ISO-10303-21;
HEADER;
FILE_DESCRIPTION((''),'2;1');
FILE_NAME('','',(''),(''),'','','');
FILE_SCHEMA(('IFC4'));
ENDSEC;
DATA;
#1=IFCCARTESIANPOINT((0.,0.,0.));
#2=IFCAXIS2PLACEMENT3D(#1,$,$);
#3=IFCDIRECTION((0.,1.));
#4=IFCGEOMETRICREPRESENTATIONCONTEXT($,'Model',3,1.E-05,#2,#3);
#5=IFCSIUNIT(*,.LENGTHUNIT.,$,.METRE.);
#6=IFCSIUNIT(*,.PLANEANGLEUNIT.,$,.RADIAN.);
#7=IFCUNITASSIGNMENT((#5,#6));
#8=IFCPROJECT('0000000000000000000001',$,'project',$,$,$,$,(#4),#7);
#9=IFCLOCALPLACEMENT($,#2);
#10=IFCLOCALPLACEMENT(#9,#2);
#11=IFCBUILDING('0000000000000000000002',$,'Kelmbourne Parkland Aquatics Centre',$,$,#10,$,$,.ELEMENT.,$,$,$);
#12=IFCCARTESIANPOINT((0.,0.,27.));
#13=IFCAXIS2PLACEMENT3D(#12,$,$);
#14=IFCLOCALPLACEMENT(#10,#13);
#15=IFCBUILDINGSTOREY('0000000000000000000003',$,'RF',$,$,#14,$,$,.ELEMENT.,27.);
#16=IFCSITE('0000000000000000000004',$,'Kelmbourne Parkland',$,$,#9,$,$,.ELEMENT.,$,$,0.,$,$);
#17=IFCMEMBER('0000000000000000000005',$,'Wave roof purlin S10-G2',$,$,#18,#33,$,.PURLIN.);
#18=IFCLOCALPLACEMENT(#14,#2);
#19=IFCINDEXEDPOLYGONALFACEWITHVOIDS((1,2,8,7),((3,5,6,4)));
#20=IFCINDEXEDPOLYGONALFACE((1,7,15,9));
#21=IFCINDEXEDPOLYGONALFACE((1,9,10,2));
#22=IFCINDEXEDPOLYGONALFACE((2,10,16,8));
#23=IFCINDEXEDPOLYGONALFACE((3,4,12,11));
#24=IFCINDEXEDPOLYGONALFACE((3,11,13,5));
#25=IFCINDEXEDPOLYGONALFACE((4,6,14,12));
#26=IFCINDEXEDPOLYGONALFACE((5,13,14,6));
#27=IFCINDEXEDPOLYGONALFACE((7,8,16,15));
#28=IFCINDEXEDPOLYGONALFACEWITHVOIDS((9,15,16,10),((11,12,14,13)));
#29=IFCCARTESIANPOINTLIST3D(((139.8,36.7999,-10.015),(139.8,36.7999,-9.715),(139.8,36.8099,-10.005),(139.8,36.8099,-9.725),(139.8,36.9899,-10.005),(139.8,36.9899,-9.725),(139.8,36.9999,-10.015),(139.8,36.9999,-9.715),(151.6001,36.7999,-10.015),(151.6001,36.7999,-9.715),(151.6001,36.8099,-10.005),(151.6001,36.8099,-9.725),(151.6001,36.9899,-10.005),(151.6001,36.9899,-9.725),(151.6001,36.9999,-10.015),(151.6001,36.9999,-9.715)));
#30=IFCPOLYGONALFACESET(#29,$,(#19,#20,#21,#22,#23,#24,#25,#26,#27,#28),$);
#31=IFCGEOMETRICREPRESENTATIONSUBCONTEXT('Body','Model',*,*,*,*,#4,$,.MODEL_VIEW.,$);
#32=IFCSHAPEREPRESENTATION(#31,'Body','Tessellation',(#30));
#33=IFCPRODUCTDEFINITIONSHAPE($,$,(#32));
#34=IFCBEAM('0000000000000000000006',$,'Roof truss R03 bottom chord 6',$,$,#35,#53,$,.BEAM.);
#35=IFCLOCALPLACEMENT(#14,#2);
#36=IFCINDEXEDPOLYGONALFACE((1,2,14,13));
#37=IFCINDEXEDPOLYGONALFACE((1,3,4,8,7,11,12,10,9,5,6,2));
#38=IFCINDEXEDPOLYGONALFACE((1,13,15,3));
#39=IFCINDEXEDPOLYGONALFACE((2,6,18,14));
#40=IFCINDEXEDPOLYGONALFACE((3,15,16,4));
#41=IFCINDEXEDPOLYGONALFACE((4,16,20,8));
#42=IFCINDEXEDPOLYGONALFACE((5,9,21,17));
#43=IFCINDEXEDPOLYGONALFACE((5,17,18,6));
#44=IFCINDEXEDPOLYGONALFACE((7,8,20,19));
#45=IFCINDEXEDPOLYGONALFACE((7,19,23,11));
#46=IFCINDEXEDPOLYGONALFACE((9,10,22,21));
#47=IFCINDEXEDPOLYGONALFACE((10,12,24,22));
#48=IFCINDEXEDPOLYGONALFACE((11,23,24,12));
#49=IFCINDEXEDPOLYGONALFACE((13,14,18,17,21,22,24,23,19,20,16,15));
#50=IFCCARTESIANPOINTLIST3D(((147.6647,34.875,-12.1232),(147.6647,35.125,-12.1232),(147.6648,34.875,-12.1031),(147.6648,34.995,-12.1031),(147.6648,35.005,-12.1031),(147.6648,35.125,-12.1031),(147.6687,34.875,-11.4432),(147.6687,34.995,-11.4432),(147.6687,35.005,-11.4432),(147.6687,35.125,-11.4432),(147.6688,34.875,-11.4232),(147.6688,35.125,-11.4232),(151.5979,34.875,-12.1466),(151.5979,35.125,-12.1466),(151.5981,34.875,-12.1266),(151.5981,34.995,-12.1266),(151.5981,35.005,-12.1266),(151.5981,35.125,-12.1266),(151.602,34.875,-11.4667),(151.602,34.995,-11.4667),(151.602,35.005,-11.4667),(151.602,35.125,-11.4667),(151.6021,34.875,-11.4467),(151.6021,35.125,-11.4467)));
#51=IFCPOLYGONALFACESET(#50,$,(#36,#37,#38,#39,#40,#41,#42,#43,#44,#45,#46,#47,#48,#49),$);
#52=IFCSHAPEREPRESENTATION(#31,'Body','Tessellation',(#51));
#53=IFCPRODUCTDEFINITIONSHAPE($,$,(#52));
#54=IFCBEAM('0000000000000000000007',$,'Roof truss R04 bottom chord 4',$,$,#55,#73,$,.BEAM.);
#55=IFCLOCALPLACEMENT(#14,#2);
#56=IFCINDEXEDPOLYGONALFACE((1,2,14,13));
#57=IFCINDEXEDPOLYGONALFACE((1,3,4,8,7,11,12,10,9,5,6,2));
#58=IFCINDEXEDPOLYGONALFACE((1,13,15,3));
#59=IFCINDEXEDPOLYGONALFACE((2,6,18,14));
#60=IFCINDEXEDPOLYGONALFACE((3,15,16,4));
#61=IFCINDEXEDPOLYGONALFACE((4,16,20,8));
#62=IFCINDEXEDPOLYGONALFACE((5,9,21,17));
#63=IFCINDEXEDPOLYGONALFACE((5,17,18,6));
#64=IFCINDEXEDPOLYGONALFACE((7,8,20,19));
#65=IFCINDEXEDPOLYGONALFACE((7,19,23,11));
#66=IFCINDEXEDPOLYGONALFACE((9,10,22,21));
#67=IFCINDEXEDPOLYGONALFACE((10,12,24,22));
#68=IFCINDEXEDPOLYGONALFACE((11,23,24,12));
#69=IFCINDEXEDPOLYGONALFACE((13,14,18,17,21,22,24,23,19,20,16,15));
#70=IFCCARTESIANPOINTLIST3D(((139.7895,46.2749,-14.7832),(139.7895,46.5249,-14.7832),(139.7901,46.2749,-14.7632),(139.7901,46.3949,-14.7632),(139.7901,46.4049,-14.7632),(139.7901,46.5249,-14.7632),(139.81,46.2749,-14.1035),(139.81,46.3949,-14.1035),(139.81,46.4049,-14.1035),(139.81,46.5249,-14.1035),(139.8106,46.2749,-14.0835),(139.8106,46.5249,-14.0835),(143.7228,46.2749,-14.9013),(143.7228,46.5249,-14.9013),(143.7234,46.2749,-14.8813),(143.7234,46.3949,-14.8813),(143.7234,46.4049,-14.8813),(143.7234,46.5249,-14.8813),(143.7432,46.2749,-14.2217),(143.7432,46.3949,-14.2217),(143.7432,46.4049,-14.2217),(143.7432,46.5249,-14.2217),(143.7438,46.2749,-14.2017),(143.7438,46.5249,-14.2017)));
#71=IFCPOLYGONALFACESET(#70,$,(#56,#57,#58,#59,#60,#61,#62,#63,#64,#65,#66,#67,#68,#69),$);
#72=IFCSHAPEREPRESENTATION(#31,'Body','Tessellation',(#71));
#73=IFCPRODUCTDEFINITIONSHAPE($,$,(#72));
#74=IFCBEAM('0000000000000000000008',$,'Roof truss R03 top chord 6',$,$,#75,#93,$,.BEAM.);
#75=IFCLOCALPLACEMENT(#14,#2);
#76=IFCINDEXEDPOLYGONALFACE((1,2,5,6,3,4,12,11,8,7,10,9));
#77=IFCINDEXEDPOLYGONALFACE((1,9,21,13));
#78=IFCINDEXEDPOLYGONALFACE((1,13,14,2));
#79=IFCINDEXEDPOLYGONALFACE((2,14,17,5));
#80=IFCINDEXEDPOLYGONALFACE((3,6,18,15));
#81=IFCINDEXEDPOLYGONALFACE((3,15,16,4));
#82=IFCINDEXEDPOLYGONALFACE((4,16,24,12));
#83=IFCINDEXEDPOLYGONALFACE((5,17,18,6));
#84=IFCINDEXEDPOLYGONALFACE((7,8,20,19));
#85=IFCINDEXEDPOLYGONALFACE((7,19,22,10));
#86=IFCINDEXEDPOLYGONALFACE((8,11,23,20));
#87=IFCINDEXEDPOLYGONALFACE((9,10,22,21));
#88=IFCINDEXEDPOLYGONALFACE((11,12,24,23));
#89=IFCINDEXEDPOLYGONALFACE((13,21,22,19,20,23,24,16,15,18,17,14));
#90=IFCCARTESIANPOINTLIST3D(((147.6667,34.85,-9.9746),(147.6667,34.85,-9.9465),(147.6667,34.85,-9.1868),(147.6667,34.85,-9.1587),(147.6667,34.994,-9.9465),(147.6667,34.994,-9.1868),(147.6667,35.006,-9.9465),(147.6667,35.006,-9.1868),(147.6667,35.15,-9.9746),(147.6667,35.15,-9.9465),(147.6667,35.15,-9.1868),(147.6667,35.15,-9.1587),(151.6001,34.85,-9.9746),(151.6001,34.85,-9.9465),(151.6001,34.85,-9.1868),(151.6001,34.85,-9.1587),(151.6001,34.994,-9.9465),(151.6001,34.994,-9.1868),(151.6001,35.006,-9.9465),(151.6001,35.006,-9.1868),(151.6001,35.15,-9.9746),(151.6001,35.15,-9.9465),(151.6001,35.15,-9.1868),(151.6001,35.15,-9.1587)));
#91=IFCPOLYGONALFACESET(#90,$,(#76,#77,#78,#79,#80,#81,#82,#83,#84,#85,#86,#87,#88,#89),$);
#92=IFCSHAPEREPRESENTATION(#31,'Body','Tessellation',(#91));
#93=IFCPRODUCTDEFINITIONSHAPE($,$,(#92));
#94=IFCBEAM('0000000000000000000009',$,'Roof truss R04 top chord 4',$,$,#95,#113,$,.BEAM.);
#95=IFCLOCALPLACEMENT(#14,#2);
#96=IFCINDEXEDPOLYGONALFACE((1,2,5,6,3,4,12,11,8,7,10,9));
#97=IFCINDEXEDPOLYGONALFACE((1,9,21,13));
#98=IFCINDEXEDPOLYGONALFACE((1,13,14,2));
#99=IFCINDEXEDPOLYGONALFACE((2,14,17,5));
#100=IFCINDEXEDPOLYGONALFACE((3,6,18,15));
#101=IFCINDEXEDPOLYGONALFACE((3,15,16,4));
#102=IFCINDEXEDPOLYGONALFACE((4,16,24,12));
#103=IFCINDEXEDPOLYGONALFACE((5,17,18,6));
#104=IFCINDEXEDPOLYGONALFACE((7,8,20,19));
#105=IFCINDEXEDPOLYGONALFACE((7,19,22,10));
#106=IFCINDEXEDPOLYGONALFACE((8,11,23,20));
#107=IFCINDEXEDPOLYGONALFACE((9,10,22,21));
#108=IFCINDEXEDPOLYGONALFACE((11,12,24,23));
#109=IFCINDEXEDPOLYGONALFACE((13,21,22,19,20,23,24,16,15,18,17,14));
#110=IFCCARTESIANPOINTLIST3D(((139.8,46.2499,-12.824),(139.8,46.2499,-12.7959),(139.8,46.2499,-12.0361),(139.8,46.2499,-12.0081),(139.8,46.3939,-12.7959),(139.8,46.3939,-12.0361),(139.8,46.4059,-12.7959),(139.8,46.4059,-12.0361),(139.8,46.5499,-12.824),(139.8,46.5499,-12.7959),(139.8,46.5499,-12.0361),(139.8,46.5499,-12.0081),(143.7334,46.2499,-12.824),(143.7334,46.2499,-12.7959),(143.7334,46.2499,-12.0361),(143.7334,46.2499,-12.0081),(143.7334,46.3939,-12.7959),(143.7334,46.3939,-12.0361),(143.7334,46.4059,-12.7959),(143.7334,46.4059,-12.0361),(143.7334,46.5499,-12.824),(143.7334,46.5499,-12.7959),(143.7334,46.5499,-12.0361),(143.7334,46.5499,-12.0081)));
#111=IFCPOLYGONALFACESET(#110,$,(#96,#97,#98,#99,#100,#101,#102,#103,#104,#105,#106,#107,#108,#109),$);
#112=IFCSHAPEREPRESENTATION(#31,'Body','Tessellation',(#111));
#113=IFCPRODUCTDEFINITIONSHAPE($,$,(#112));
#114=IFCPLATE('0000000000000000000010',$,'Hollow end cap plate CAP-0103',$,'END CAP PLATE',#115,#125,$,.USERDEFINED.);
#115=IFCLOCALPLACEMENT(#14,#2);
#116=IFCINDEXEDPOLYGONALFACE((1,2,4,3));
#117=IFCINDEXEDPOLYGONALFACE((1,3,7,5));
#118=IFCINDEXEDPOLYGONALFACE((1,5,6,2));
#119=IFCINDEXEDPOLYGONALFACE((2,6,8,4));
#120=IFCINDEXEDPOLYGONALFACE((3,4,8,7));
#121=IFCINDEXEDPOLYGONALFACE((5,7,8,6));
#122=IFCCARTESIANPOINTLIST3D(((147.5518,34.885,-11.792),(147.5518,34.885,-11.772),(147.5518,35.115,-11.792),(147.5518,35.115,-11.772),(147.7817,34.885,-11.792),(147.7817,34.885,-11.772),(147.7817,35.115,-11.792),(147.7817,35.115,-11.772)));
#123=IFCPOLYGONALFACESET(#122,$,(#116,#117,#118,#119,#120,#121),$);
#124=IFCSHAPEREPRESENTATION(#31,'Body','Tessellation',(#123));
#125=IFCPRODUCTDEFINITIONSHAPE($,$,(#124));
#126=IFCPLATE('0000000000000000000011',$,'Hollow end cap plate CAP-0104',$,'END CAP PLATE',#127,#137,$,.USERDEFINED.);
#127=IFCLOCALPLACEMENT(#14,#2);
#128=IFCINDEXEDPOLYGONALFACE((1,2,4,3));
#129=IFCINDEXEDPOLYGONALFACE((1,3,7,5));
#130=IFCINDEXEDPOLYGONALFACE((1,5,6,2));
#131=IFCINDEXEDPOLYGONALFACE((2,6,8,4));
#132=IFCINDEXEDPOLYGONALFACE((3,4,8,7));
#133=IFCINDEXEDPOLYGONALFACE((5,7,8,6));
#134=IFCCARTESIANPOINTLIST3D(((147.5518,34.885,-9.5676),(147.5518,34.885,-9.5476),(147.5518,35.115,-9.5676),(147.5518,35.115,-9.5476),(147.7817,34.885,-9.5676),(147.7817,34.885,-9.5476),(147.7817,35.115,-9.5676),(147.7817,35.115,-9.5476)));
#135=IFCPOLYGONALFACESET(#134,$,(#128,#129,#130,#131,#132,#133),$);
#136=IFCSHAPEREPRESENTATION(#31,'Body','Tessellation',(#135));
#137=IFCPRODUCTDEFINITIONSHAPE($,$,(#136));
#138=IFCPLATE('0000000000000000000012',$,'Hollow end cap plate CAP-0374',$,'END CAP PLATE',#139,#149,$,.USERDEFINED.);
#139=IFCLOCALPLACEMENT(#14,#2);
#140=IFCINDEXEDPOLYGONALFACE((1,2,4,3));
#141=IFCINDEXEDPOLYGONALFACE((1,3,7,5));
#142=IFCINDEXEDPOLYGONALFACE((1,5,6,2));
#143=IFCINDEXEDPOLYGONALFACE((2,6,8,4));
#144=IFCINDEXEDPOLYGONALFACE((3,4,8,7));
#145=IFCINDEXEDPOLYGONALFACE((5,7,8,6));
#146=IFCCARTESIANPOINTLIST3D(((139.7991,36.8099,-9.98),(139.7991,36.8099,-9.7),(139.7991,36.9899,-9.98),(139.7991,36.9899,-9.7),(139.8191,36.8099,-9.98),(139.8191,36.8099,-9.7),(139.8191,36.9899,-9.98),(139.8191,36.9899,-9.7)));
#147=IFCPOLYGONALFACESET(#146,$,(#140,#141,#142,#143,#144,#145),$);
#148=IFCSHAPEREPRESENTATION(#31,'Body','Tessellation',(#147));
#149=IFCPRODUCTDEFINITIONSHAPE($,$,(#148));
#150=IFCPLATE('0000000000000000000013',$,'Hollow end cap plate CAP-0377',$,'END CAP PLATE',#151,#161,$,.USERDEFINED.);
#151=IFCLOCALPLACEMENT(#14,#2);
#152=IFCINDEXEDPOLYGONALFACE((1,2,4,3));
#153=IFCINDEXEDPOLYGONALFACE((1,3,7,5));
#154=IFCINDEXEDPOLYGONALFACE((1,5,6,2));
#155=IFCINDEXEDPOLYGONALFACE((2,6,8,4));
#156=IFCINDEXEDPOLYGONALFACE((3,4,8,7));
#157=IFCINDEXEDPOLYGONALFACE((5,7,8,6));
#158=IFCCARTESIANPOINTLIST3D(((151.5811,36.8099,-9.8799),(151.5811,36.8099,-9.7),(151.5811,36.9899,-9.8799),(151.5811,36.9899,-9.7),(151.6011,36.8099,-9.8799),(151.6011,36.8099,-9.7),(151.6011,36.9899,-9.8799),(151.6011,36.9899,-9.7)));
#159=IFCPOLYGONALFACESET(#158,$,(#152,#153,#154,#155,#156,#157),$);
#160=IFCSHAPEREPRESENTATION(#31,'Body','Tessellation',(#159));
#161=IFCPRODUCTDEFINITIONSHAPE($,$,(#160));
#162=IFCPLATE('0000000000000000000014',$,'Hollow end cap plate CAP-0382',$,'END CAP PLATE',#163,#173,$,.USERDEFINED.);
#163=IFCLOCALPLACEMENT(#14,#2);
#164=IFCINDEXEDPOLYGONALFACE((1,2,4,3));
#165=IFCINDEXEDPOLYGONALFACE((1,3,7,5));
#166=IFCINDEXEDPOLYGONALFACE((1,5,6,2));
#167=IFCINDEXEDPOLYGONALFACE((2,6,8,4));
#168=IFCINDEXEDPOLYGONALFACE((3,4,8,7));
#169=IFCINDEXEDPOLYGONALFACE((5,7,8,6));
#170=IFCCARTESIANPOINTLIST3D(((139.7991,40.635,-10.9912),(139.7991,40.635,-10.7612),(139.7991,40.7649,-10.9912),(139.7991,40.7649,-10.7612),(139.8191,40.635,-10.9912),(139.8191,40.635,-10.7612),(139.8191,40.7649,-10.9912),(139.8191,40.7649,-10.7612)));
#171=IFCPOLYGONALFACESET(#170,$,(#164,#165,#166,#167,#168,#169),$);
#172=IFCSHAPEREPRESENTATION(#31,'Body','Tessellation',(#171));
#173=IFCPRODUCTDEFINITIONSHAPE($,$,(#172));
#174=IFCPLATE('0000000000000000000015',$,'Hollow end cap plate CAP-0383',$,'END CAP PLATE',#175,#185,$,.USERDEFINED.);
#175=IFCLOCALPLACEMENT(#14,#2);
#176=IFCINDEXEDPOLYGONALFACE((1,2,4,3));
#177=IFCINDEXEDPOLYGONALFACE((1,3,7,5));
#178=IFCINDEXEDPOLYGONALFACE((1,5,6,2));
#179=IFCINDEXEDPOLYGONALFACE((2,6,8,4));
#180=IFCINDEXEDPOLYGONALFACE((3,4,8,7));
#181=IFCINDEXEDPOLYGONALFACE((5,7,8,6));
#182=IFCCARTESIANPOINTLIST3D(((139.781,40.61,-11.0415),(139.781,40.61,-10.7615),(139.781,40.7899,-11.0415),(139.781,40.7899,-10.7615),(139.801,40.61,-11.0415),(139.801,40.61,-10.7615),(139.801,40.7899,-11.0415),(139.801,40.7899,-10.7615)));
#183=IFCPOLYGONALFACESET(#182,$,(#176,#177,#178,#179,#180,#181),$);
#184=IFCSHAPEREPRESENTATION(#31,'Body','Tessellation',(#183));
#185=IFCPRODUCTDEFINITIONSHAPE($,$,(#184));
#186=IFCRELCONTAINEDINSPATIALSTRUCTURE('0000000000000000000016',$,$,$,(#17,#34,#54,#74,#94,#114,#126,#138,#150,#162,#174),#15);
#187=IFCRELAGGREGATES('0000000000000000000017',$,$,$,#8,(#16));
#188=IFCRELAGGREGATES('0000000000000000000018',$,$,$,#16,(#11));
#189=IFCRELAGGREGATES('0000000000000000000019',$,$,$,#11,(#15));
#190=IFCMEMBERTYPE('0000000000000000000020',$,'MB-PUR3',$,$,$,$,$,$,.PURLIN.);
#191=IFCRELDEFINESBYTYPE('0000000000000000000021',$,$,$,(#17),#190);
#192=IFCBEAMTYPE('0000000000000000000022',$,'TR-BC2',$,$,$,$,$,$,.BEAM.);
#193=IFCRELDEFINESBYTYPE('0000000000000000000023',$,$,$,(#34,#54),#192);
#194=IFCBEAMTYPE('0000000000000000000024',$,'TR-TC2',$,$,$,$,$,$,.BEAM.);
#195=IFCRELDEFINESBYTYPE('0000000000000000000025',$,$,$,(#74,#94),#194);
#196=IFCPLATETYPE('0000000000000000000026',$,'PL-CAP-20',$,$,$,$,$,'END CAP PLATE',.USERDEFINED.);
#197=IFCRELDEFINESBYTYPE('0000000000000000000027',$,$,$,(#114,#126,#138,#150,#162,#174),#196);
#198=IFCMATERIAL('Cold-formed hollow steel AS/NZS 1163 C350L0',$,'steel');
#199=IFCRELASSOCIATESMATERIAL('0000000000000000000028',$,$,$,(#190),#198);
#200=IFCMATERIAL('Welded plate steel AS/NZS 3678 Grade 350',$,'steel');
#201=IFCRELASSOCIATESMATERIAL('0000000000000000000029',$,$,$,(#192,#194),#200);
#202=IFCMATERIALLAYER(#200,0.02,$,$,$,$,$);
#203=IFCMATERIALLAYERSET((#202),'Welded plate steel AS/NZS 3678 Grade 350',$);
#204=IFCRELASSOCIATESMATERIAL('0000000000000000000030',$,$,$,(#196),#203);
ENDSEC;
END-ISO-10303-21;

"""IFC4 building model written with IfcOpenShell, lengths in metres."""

from ifc_helpers import new_model, si_unit, direction, frame, origin, origin_2d, place, context, subcontext, project, spatial, rectangle, hollow_rectangle, i_section, extrude, material, layer, layer_set, material_profile, profile_set, type_object, element, save


model = new_model("IFC4")

# Units and contexts
model_context = context("Model", 3, precision=1e-05, world=origin(), true_north=direction((0.0, 1.0)))
body_context = subcontext(model_context, "Body", "Model", "MODEL_VIEW")
ifc_project = project(units=[si_unit("LENGTHUNIT", "METRE"), si_unit("PLANEANGLEUNIT", "RADIAN")], contexts=[model_context])

# Site, building, storey
site_placement = place(None, origin())
site = spatial("IfcSite", under=ifc_project, at=site_placement, Name="Kelmbourne Parkland", CompositionType="ELEMENT", RefElevation=0.0)
building_placement = place(site_placement, origin())
building = spatial("IfcBuilding", under=site, at=building_placement, Name="Kelmbourne Parkland Aquatics Centre", CompositionType="ELEMENT")
storey_placement = place(building_placement, frame((0.0, 0.0, 27.0)))
storey = spatial("IfcBuildingStorey", under=building, at=storey_placement, Name="RF", CompositionType="ELEMENT", Elevation=27.0)

# Member
ifc_material_1 = material(Name="Cold-formed hollow steel AS/NZS 1163 C350L0", Category="steel")
ifc_material_profile_1 = material_profile(ifc_material_1, hollow_rectangle(XDim=0.2, YDim=0.3, WallThickness=0.01, at=origin_2d()), Name="RHS 300x200x10.0")
ifc_profile_set_1 = profile_set([ifc_material_profile_1], Name="Cold-formed hollow steel AS/NZS 1163 C350L0")
member_type_1 = type_object("IfcMemberType", Name="MB-PUR3", PredefinedType="PURLIN", material=ifc_profile_set_1)
member_1_placement = place(storey_placement, frame((139.8, 36.8999, -9.865), z_axis=(1.0, 0.0, 0.0), x_axis=(0.0, 1.0, 0.0)))
element("IfcMember", 1, at=member_1_placement, inside=storey, type_object=member_type_1, Name="Wave roof purlin S10-G2", PredefinedType="PURLIN", context=body_context, shape_type="SweptSolid", body=[
    extrude(hollow_rectangle(XDim=0.2, YDim=0.3, WallThickness=0.01, at=origin_2d()), origin(), (0.0, 0.0, 1.0), 11.8),
])

# Beams
ifc_material_2 = material(Name="Welded plate steel AS/NZS 3678 Grade 350", Category="steel")
ifc_material_profile_2 = material_profile(ifc_material_2, i_section(OverallWidth=0.25, OverallDepth=0.7, WebThickness=0.01, FlangeThickness=0.02, at=origin_2d()), Name="700WB130")
ifc_profile_set_2 = profile_set([ifc_material_profile_2], Name="Welded plate steel AS/NZS 3678 Grade 350")
beam_type_1 = type_object("IfcBeamType", Name="TR-BC2", PredefinedType="BEAM", material=ifc_profile_set_2)
beam_1_placement = place(storey_placement, frame((147.6667, 35.0, -11.7732), z_axis=(0.999982, 0.0, -0.005959), x_axis=(0.0, 1.0, 0.0)))
element("IfcBeam", 2, at=beam_1_placement, inside=storey, type_object=beam_type_1, Name="Roof truss R03 bottom chord 6", PredefinedType="BEAM", context=body_context, shape_type="SweptSolid", body=[
    extrude(i_section(OverallWidth=0.25, OverallDepth=0.7, WebThickness=0.01, FlangeThickness=0.02, at=origin_2d()), origin(), (0.0, 0.0, 1.0), 3.9333),
])
beam_2_placement = place(storey_placement, frame((139.8, 46.3999, -14.4333), z_axis=(0.999549, 0.0, -0.030028), x_axis=(0.0, 1.0, 0.0)))
element("IfcBeam", 3, at=beam_2_placement, inside=storey, type_object=beam_type_1, Name="Roof truss R04 bottom chord 4", PredefinedType="BEAM", context=body_context, shape_type="SweptSolid", body=[
    extrude(i_section(OverallWidth=0.25, OverallDepth=0.7, WebThickness=0.01, FlangeThickness=0.02, at=origin_2d()), origin(), (0.0, 0.0, 1.0), 3.9351),
])
ifc_material_profile_3 = material_profile(ifc_material_2, i_section(OverallWidth=0.3, OverallDepth=0.8159, WebThickness=0.012, FlangeThickness=0.0281, at=origin_2d()), Name="800WB192")
ifc_profile_set_3 = profile_set([ifc_material_profile_3], Name="Welded plate steel AS/NZS 3678 Grade 350")
beam_type_2 = type_object("IfcBeamType", Name="TR-TC2", PredefinedType="BEAM", material=ifc_profile_set_3)
for number, where, z_axis, x_axis, name in (
    (4, (147.6667, 35.0, -9.5667), (1.0, 0.0, 0.0), (0.0, 1.0, 0.0), "Roof truss R03 top chord 6"),
    (5, (139.8, 46.3999, -12.416), (1.0, 0.0, 0.0), (0.0, 1.0, 0.0), "Roof truss R04 top chord 4"),
):
    element("IfcBeam", number, at=place(storey_placement, frame(where, z_axis=z_axis, x_axis=x_axis)), inside=storey, type_object=beam_type_2, Name=name, PredefinedType="BEAM", context=body_context, shape_type="SweptSolid", body=[
        extrude(i_section(OverallWidth=0.3, OverallDepth=0.8159, WebThickness=0.012, FlangeThickness=0.0281, at=origin_2d()), origin(), (0.0, 0.0, 1.0), 3.9333),
    ])

# Plates
ifc_layer_1 = layer(ifc_material_2, 0.02)
ifc_layer_set_1 = layer_set([ifc_layer_1], Name="Welded plate steel AS/NZS 3678 Grade 350")
plate_type_1 = type_object("IfcPlateType", Name="PL-CAP-20", ElementType="END CAP PLATE", PredefinedType="USERDEFINED", material=ifc_layer_set_1)
for number, where, z_axis, x_axis, name in (
    (6, (147.6667, 35.0, -11.792), (0.0, 0.0, 1.0), (1.0, 0.0, 0.0), "Hollow end cap plate CAP-0103"),
    (7, (147.6667, 35.0, -9.5676), (0.0, 0.0, 1.0), (1.0, 0.0, 0.0), "Hollow end cap plate CAP-0104"),
):
    element("IfcPlate", number, at=place(storey_placement, frame(where, z_axis=z_axis, x_axis=x_axis)), inside=storey, type_object=plate_type_1, Name=name, ObjectType="END CAP PLATE", PredefinedType="USERDEFINED", context=body_context, shape_type="SweptSolid", body=[
        extrude(rectangle(XDim=0.23, YDim=0.23, at=origin_2d()), origin(), (0.0, 0.0, 1.0), 0.02),
    ])
plate_1_placement = place(storey_placement, frame((139.8091, 36.8999, -9.98), z_axis=(0.0, 0.0, 1.0), x_axis=(1.0, 0.0, 0.0)))
element("IfcPlate", 8, at=plate_1_placement, inside=storey, type_object=plate_type_1, Name="Hollow end cap plate CAP-0374", ObjectType="END CAP PLATE", PredefinedType="USERDEFINED", context=body_context, shape_type="SweptSolid", body=[
    extrude(rectangle(XDim=0.02, YDim=0.1799, at=origin_2d()), origin(), (0.0, 0.0, 1.0), 0.28),
])
plate_2_placement = place(storey_placement, frame((151.5911, 36.8999, -9.8799), z_axis=(0.0, 0.0, 1.0), x_axis=(-1.0, 0.0, 0.0)))
element("IfcPlate", 9, at=plate_2_placement, inside=storey, type_object=plate_type_1, Name="Hollow end cap plate CAP-0377", ObjectType="END CAP PLATE", PredefinedType="USERDEFINED", context=body_context, shape_type="SweptSolid", body=[
    extrude(rectangle(XDim=0.02, YDim=0.1799, at=origin_2d()), origin(), (0.0, 0.0, 1.0), 0.1799),
])
plate_3_placement = place(storey_placement, frame((139.8091, 40.7, -10.9912), z_axis=(0.0, 0.0, 1.0), x_axis=(1.0, 0.0, 0.0)))
element("IfcPlate", 10, at=plate_3_placement, inside=storey, type_object=plate_type_1, Name="Hollow end cap plate CAP-0382", ObjectType="END CAP PLATE", PredefinedType="USERDEFINED", context=body_context, shape_type="SweptSolid", body=[
    extrude(rectangle(XDim=0.02, YDim=0.1299, at=origin_2d()), origin(), (0.0, 0.0, 1.0), 0.23),
])
plate_4_placement = place(storey_placement, frame((139.791, 40.7, -11.0415), z_axis=(0.0, 0.0, 1.0), x_axis=(-1.0, 0.0, 0.0)))
element("IfcPlate", 11, at=plate_4_placement, inside=storey, type_object=plate_type_1, Name="Hollow end cap plate CAP-0383", ObjectType="END CAP PLATE", PredefinedType="USERDEFINED", context=body_context, shape_type="SweptSolid", body=[
    extrude(rectangle(XDim=0.02, YDim=0.1799, at=origin_2d()), origin(), (0.0, 0.0, 1.0), 0.28),
])

save(model, "model.ifc")
